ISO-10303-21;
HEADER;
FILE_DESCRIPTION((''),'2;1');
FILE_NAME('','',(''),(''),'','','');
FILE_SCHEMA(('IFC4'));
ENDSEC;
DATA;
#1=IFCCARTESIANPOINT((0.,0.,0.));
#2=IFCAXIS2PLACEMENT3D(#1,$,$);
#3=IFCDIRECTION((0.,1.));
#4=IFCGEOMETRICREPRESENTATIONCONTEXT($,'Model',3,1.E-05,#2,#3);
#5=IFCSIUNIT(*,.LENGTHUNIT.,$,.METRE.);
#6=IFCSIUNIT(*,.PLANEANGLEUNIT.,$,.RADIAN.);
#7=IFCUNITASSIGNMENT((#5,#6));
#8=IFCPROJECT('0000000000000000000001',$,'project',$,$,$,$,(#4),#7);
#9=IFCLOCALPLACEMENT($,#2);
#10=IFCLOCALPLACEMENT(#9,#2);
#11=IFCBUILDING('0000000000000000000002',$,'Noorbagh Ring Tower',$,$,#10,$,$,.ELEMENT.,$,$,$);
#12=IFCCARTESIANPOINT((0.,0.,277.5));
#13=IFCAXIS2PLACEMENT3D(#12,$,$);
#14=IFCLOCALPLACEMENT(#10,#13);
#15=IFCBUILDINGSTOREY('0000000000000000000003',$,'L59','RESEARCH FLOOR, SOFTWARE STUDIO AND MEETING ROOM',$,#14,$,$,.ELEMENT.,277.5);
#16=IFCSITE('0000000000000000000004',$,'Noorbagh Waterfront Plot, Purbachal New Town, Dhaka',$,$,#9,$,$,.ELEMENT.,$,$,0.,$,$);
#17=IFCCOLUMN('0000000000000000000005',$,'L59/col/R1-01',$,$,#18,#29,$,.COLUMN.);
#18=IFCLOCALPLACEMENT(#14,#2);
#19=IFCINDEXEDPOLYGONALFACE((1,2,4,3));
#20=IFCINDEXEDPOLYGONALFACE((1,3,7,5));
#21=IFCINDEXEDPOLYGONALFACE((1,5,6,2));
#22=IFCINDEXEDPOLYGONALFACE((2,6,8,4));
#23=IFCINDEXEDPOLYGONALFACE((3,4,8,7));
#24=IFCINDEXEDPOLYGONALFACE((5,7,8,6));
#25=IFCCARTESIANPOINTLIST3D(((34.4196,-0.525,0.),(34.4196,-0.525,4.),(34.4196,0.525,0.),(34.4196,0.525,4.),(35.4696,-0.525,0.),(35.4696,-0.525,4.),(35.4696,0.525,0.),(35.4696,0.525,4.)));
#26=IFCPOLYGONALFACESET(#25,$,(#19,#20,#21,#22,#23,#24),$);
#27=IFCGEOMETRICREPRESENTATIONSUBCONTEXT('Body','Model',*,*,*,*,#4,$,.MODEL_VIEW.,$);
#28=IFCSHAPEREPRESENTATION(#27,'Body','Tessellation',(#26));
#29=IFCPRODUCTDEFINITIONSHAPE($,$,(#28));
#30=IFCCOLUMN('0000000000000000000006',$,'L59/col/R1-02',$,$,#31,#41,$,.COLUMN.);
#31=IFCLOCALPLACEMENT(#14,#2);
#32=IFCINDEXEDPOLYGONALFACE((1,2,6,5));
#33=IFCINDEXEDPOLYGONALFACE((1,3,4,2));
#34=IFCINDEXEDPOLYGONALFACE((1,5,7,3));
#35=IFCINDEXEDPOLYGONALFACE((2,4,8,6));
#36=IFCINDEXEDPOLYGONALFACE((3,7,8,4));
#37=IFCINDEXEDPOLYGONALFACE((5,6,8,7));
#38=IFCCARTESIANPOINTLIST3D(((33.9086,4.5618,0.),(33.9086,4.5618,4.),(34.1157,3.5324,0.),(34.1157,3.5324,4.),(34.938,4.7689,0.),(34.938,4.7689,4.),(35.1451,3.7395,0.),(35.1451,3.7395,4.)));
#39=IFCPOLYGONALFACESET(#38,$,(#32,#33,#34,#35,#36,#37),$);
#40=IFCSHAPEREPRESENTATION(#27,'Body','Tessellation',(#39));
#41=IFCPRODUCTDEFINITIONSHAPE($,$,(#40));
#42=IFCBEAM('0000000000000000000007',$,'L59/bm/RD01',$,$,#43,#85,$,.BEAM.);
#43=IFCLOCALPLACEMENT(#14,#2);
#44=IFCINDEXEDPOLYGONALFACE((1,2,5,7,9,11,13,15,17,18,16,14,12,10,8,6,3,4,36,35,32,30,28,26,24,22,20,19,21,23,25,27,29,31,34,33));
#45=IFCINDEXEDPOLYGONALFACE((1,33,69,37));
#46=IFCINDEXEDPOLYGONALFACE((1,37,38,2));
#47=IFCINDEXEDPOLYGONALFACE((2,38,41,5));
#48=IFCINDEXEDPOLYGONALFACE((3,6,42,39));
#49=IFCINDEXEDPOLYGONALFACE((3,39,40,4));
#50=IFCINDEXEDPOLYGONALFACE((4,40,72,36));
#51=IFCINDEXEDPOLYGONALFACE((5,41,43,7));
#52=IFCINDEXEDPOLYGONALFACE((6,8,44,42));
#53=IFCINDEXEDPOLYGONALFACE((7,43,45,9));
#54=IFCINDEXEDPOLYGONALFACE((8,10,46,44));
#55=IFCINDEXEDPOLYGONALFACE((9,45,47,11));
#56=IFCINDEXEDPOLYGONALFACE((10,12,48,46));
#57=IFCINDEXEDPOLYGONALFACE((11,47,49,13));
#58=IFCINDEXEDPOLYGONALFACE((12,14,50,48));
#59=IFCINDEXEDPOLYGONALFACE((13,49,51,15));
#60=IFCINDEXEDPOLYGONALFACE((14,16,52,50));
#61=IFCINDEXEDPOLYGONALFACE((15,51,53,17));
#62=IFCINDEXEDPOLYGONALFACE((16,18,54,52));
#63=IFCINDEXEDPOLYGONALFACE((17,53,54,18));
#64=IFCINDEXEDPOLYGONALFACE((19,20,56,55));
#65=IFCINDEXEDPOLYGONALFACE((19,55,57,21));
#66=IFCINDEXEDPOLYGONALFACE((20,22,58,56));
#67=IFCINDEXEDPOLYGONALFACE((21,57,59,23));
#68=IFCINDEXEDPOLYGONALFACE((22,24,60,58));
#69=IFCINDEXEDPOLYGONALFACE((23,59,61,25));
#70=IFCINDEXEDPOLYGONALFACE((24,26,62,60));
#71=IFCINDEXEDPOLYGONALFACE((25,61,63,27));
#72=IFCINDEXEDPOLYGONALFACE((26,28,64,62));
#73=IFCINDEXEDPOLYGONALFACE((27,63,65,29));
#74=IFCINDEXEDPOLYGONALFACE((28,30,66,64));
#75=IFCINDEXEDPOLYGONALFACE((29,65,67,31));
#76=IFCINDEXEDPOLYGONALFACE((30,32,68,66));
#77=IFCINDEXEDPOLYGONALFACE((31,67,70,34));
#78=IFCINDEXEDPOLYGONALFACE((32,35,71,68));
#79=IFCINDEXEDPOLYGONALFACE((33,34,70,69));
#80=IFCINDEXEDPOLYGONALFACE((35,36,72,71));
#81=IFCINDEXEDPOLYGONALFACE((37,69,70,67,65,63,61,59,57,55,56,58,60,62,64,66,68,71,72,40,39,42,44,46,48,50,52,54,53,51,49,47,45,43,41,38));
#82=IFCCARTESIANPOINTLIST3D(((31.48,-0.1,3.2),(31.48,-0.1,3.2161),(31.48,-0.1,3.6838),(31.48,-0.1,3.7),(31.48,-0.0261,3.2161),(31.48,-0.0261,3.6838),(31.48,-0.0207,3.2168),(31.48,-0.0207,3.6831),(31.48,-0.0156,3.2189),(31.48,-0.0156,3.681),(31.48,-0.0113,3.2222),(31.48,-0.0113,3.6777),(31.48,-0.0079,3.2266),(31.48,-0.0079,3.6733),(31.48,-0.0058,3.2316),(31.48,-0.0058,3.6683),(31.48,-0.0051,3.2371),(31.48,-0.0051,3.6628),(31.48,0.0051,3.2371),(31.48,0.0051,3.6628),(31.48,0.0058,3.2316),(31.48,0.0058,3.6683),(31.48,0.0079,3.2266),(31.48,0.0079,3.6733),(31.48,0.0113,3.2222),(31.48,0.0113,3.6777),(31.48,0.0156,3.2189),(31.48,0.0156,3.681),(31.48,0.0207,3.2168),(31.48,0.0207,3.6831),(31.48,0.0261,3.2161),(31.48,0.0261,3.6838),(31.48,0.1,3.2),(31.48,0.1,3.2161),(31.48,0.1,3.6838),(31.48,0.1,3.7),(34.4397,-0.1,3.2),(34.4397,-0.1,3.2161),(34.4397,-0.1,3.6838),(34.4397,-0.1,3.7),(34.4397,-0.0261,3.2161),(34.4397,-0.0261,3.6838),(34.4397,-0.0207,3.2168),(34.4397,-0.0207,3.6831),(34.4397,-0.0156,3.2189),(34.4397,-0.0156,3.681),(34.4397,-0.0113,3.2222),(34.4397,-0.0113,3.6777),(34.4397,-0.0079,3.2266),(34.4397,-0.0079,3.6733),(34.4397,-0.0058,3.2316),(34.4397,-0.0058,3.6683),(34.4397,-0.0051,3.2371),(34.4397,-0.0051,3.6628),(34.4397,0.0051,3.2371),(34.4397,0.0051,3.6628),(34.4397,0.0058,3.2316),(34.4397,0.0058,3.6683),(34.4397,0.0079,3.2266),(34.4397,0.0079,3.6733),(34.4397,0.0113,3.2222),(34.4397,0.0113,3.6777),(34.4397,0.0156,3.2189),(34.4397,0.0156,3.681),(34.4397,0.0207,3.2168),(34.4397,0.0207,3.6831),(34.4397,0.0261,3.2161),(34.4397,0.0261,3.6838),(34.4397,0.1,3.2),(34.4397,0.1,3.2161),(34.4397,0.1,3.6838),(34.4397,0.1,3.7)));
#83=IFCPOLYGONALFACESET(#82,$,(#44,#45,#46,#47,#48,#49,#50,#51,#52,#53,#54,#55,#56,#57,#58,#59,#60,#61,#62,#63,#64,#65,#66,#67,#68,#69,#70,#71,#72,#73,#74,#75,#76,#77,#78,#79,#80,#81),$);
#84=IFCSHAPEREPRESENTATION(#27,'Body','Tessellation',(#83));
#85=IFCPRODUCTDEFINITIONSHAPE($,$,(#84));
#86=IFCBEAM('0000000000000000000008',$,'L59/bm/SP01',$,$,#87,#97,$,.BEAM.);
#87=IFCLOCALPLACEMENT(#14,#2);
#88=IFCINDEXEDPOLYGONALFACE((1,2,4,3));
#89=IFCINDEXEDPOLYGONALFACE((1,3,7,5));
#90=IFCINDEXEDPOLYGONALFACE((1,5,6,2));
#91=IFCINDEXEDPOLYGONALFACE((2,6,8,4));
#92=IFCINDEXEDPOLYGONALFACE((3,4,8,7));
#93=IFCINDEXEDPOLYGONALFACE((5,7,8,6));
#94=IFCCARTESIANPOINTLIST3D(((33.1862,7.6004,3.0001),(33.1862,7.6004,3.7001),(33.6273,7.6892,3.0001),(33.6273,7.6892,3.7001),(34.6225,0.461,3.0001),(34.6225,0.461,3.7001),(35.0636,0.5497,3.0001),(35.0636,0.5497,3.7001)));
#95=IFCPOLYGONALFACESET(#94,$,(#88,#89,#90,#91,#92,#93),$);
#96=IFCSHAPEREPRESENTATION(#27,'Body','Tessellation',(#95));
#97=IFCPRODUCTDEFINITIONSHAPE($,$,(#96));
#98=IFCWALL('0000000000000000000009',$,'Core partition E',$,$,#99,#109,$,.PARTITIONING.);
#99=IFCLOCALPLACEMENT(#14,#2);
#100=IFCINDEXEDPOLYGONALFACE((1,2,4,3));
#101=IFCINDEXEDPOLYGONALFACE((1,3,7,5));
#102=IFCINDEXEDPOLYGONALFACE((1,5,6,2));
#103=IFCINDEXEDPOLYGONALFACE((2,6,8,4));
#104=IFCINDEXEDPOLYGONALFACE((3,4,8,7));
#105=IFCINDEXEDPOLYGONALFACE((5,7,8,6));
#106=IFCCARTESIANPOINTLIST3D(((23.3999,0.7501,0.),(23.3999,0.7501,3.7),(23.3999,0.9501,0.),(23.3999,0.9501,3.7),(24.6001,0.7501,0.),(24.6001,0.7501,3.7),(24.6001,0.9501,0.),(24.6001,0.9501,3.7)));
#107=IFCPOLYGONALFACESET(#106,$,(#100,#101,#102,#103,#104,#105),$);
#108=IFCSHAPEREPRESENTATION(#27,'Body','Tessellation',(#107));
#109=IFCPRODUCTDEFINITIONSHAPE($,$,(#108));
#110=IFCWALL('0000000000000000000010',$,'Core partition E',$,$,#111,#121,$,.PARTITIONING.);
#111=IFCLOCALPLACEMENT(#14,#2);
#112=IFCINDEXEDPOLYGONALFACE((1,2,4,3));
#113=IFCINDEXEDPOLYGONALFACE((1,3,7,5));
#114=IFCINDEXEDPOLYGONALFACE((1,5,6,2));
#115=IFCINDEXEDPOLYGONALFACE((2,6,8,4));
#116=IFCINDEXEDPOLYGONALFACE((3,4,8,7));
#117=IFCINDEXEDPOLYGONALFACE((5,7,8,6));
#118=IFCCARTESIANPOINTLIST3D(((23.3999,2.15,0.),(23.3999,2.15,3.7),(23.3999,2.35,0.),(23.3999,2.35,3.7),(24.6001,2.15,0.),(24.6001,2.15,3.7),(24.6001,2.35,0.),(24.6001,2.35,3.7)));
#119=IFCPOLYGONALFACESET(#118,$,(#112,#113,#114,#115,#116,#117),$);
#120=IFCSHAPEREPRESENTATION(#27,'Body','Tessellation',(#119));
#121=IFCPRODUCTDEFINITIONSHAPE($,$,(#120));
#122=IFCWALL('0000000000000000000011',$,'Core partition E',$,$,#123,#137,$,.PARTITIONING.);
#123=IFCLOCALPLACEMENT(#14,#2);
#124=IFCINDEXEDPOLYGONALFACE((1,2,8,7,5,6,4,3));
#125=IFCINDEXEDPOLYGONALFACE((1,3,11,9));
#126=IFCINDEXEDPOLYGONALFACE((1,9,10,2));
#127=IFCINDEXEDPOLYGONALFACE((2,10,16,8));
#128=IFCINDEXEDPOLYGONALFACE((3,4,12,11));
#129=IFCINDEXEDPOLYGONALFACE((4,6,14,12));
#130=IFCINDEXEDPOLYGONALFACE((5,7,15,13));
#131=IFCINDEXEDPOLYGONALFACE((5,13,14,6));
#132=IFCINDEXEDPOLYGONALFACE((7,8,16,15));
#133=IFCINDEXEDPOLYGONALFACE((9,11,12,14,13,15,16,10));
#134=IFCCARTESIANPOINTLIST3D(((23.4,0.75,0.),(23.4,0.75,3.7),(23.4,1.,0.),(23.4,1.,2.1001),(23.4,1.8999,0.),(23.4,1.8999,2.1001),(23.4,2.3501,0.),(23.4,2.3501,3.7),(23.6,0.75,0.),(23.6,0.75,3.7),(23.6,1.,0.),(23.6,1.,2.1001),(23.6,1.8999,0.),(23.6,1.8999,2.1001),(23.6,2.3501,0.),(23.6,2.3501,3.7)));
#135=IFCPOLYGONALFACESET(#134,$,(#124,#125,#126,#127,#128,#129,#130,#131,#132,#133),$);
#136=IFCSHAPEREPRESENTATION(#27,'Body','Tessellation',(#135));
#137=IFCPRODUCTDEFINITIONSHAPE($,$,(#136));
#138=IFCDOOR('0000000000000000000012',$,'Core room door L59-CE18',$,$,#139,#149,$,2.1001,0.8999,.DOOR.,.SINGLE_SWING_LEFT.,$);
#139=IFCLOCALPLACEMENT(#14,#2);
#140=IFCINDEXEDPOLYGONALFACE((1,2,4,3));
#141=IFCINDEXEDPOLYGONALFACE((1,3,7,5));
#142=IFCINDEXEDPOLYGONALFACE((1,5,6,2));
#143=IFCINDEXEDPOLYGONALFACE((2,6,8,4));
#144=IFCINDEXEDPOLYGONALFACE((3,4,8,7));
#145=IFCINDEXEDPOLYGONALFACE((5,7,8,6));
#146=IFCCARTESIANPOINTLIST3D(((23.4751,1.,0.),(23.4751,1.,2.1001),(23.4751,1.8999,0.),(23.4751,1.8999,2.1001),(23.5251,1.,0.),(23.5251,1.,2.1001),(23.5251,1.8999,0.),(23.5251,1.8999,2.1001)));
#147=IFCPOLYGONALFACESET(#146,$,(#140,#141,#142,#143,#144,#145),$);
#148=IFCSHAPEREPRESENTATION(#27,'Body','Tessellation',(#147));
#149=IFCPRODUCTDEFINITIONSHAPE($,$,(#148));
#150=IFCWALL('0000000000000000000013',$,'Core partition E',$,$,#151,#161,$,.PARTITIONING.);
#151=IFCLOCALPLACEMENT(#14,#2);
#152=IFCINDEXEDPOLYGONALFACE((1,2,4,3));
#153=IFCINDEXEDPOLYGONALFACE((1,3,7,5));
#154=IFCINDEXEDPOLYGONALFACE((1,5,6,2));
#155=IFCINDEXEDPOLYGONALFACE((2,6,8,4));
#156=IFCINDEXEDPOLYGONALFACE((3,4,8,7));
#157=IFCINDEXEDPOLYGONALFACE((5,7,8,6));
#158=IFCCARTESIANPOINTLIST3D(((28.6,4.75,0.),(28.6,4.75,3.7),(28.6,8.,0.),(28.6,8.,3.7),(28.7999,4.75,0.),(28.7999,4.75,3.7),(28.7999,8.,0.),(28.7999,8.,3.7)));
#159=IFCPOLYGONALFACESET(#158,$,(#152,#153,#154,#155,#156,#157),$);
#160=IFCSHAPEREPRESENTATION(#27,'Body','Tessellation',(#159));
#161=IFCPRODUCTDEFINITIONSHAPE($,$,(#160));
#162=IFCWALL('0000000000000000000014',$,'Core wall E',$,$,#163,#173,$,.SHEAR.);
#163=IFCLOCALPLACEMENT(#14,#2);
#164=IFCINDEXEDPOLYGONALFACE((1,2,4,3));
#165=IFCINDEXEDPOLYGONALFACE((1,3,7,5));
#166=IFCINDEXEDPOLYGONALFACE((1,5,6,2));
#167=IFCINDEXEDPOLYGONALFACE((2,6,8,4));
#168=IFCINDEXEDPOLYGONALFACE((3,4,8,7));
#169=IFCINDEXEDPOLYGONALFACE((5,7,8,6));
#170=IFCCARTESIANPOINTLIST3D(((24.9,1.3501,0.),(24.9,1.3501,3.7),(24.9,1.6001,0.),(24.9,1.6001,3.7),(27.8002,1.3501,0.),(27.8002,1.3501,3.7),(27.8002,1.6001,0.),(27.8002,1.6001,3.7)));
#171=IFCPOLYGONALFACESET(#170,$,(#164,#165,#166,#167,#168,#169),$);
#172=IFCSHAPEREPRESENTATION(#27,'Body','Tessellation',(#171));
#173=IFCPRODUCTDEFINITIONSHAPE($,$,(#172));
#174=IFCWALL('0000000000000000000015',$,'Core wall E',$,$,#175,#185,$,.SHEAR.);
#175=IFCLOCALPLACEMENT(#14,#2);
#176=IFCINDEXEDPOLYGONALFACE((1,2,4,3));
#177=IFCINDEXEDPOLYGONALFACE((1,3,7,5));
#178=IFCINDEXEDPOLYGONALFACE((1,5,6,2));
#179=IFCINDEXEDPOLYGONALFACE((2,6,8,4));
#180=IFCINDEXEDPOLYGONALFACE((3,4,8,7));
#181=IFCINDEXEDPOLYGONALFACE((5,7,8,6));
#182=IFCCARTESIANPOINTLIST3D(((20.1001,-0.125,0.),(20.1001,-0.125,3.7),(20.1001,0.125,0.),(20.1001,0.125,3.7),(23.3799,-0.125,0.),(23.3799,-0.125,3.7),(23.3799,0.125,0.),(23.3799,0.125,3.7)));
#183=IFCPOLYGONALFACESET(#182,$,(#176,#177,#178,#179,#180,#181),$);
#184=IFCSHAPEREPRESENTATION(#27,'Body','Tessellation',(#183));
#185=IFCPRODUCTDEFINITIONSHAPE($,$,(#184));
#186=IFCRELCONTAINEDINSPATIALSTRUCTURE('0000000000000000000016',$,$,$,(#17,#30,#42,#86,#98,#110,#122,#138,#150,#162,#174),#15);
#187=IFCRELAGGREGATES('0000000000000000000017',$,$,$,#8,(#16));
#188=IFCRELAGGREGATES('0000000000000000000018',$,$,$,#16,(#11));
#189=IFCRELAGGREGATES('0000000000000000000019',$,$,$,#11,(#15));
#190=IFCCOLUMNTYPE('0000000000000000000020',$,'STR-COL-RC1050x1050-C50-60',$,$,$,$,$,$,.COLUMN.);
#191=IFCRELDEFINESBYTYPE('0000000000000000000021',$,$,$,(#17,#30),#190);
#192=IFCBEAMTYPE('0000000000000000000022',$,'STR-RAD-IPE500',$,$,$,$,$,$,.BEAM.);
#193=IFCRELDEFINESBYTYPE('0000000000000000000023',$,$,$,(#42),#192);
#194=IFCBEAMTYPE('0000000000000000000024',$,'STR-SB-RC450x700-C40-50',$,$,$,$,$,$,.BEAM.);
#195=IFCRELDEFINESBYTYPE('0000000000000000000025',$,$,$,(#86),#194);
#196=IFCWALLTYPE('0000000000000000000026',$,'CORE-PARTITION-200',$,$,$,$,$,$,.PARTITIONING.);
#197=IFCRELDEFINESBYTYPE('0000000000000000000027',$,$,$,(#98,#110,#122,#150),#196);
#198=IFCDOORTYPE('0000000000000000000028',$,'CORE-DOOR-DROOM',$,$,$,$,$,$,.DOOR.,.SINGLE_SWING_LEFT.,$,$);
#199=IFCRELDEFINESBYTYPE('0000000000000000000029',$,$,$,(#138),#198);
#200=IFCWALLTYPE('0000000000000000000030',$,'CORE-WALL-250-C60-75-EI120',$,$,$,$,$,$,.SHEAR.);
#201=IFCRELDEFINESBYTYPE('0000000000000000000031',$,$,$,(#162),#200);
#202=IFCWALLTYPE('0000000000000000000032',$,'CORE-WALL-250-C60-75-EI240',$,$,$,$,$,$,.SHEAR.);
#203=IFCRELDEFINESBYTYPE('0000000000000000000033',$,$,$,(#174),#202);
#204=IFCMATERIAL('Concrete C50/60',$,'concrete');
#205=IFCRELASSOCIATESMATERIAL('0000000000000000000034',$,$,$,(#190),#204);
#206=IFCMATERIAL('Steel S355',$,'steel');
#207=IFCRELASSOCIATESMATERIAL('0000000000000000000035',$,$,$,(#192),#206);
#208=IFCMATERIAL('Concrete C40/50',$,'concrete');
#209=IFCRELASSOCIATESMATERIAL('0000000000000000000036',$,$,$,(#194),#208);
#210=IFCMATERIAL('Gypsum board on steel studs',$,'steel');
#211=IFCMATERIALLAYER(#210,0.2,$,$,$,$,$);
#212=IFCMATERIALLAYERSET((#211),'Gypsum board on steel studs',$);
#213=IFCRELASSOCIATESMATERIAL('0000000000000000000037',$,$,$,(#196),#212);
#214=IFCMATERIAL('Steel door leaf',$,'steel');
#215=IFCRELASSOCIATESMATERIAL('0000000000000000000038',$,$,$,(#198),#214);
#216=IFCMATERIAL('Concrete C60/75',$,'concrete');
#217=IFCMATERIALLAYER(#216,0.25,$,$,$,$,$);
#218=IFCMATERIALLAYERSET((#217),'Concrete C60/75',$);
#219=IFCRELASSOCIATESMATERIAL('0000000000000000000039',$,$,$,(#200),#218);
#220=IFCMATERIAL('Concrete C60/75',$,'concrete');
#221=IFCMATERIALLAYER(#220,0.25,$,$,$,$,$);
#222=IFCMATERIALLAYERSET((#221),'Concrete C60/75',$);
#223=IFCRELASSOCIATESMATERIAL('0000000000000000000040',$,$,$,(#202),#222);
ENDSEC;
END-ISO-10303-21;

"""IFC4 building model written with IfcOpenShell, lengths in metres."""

from ifc_helpers import new_model, si_unit, direction, frame, frame_2d, origin, origin_2d, place, context, subcontext, project, spatial, rectangle, i_section, extrude, material, layer, layer_set, material_profile, profile_set, type_object, element, fill, save


model = new_model("IFC4")

# Units and contexts
model_context = context("Model", 3, precision=1e-05, world=origin(), true_north=direction((0.0, 1.0)))
body_context = subcontext(model_context, "Body", "Model", "MODEL_VIEW")
ifc_project = project(units=[si_unit("LENGTHUNIT", "METRE"), si_unit("PLANEANGLEUNIT", "RADIAN")], contexts=[model_context])

# Site, building, storey
site_placement = place(None, origin())
site = spatial("IfcSite", under=ifc_project, at=site_placement, Name="Noorbagh Waterfront Plot, Purbachal New Town, Dhaka", CompositionType="ELEMENT", RefElevation=0.0)
building_placement = place(site_placement, origin())
building = spatial("IfcBuilding", under=site, at=building_placement, Name="Noorbagh Ring Tower", CompositionType="ELEMENT")
storey_placement = place(building_placement, frame((0.0, 0.0, 277.5)))
storey = spatial("IfcBuildingStorey", under=building, at=storey_placement, Name="L59", Description="RESEARCH FLOOR, SOFTWARE STUDIO AND MEETING ROOM", CompositionType="ELEMENT", Elevation=277.5)

# Columns
ifc_material_1 = material(Name="Concrete C50/60", Category="concrete")
ifc_material_profile_1 = material_profile(ifc_material_1, rectangle(XDim=1.05, YDim=1.05, at=origin_2d()), Name="RC1050x1050")
ifc_profile_set_1 = profile_set([ifc_material_profile_1], Name="Concrete C50/60")
column_type = type_object("IfcColumnType", Name="STR-COL-RC1050x1050-C50-60", PredefinedType="COLUMN", material=ifc_profile_set_1)
for number, where, z_axis, x_axis, name in (
    (1, (34.9446, 0.0, 0.0), (0.0, 0.0, 1.0), (0.0, 1.0, 0.0), "L59/col/R1-01"),
    (2, (34.5269, 4.1506, 0.0), (0.0, 0.0, 1.0), (-0.19723, 0.980357, 0.0), "L59/col/R1-02"),
):
    element("IfcColumn", number, at=place(storey_placement, frame(where, z_axis=z_axis, x_axis=x_axis)), inside=storey, type_object=column_type, Name=name, PredefinedType="COLUMN", context=body_context, shape_type="SweptSolid", body=[
        extrude(rectangle(XDim=1.05, YDim=1.05, at=origin_2d()), origin(), (0.0, 0.0, 1.0), 4.0),
    ])

# Beams
ifc_material_2 = material(Name="Steel S355", Category="steel")
ifc_material_profile_2 = material_profile(ifc_material_2, i_section(OverallWidth=0.2, OverallDepth=0.5, WebThickness=0.0103, FlangeThickness=0.0161, FilletRadius=0.021, at=origin_2d()), Name="IPE500")
ifc_profile_set_2 = profile_set([ifc_material_profile_2], Name="Steel S355")
beam_type_1 = type_object("IfcBeamType", Name="STR-RAD-IPE500", PredefinedType="BEAM", material=ifc_profile_set_2)
beam_1_placement = place(storey_placement, frame((34.4397, 0.0, 3.45), z_axis=(-1.0, 0.0, 0.0), x_axis=(0.0, -1.0, 0.0)))
element("IfcBeam", 3, at=beam_1_placement, inside=storey, type_object=beam_type_1, Name="L59/bm/RD01", PredefinedType="BEAM", context=body_context, shape_type="SweptSolid", body=[
    extrude(i_section(OverallWidth=0.2, OverallDepth=0.5, WebThickness=0.0103, FlangeThickness=0.0161, FilletRadius=0.021, at=origin_2d()), origin(), (0.0, 0.0, 1.0), 2.9597),
])
ifc_material_3 = material(Name="Concrete C40/50", Category="concrete")
ifc_material_profile_3 = material_profile(ifc_material_3, rectangle(XDim=0.45, YDim=0.7, at=origin_2d()), Name="RC450x700")
ifc_profile_set_3 = profile_set([ifc_material_profile_3], Name="Concrete C40/50")
beam_type_2 = type_object("IfcBeamType", Name="STR-SB-RC450x700-C40-50", PredefinedType="BEAM", material=ifc_profile_set_3)
beam_2_placement = place(storey_placement, frame((34.843, 0.5054, 3.3501), z_axis=(-0.197225, 0.980358, 0.0), x_axis=(-0.980358, -0.197225, 0.0)))
element("IfcBeam", 4, at=beam_2_placement, inside=storey, type_object=beam_type_2, Name="L59/bm/SP01", PredefinedType="BEAM", context=body_context, shape_type="SweptSolid", body=[
    extrude(rectangle(XDim=0.45, YDim=0.7, at=origin_2d()), origin(), (0.0, 0.0, 1.0), 7.2825),
])

# Walls
ifc_material_4 = material(Name="Gypsum board on steel studs", Category="steel")
ifc_layer_1 = layer(ifc_material_4, 0.2)
ifc_layer_set_1 = layer_set([ifc_layer_1], Name="Gypsum board on steel studs")
wall_type_1 = type_object("IfcWallType", Name="CORE-PARTITION-200", PredefinedType="PARTITIONING", material=ifc_layer_set_1)
for number, where, z_axis, x_axis, name in (
    (5, (23.3999, 0.8501, 0.0), (0.0, 0.0, 1.0), (1.0, 0.0, 0.0), "Core partition E"),
    (6, (23.3999, 2.25, 0.0), (0.0, 0.0, 1.0), (1.0, 0.0, 0.0), "Core partition E"),
):
    element("IfcWall", number, at=place(storey_placement, frame(where, z_axis=z_axis, x_axis=x_axis)), inside=storey, type_object=wall_type_1, Name=name, PredefinedType="PARTITIONING", context=body_context, shape_type="SweptSolid", body=[
        extrude(rectangle(XDim=1.2002, YDim=0.2, at=frame_2d((0.6001, 0.0))), origin(), (0.0, 0.0, 1.0), 3.7),
    ])

# Wall, opening, door
wall_1_placement = place(storey_placement, frame((23.5, 0.75, 0.0), z_axis=(0.0, 0.0, 1.0), x_axis=(0.0, 1.0, 0.0)))
wall_1 = element("IfcWall", 7, at=wall_1_placement, inside=storey, type_object=wall_type_1, Name="Core partition E", PredefinedType="PARTITIONING", context=body_context, shape_type="SweptSolid", body=[
    extrude(rectangle(XDim=1.6001, YDim=0.2, at=frame_2d((0.8, 0.0))), origin(), (0.0, 0.0, 1.0), 3.7),
])
opening_1_placement = place(wall_1_placement, frame((0.25, 0.0, 0.0)))
opening_1 = element("IfcOpeningElement", 8, at=opening_1_placement, cuts=wall_1, PredefinedType="OPENING", context=body_context, shape_type="SweptSolid", body=[
    extrude(rectangle(XDim=0.8999, YDim=2.1001, at=frame_2d((0.45, 1.05))), frame((0.0, 0.1099, 0.0), z_axis=(0.0, -1.0, 0.0), x_axis=(1.0, 0.0, 0.0)), (0.0, 0.0, 1.0), 0.22),
])
ifc_material_5 = material(Name="Steel door leaf", Category="steel")
door_type_1 = type_object("IfcDoorType", Name="CORE-DOOR-DROOM", OperationType="SINGLE_SWING_LEFT", PredefinedType="DOOR", material=ifc_material_5)
door_1_placement = place(opening_1_placement, origin())
door_1 = element("IfcDoor", 9, at=door_1_placement, inside=storey, type_object=door_type_1, Name="Core room door L59-CE18", OperationType="SINGLE_SWING_LEFT", OverallHeight=2.1001, OverallWidth=0.8999, PredefinedType="DOOR", context=body_context, shape_type="SweptSolid", body=[
    extrude(rectangle(XDim=0.8999, YDim=2.1001, at=frame_2d((0.45, 1.05))), frame((0.0, 0.0249, 0.0), z_axis=(0.0, -1.0, 0.0), x_axis=(1.0, 0.0, 0.0)), (0.0, 0.0, 1.0), 0.05),
])
fill(opening_1, door_1)

# Walls
wall_2_placement = place(storey_placement, frame((28.7, 4.75, 0.0), z_axis=(0.0, 0.0, 1.0), x_axis=(0.0, 1.0, 0.0)))
element("IfcWall", 10, at=wall_2_placement, inside=storey, type_object=wall_type_1, Name="Core partition E", PredefinedType="PARTITIONING", context=body_context, shape_type="SweptSolid", body=[
    extrude(rectangle(XDim=3.25, YDim=0.2, at=frame_2d((1.625, 0.0))), origin(), (0.0, 0.0, 1.0), 3.7),
])
ifc_material_6 = material(Name="Concrete C60/75", Category="concrete")
ifc_layer_2 = layer(ifc_material_6, 0.25)
ifc_layer_set_2 = layer_set([ifc_layer_2], Name="Concrete C60/75")
wall_type_2 = type_object("IfcWallType", Name="CORE-WALL-250-C60-75-EI120", PredefinedType="SHEAR", material=ifc_layer_set_2)
wall_3_placement = place(storey_placement, frame((24.8999, 1.4751, 0.0), z_axis=(0.0, 0.0, 1.0), x_axis=(1.0, 0.0, 0.0)))
element("IfcWall", 11, at=wall_3_placement, inside=storey, type_object=wall_type_2, Name="Core wall E", PredefinedType="SHEAR", context=body_context, shape_type="SweptSolid", body=[
    extrude(rectangle(XDim=2.9001, YDim=0.25, at=frame_2d((1.4502, 0.0))), origin(), (0.0, 0.0, 1.0), 3.7),
])
ifc_material_7 = material(Name="Concrete C60/75", Category="concrete")
ifc_layer_3 = layer(ifc_material_7, 0.25)
ifc_layer_set_3 = layer_set([ifc_layer_3], Name="Concrete C60/75")
wall_type_3 = type_object("IfcWallType", Name="CORE-WALL-250-C60-75-EI240", PredefinedType="SHEAR", material=ifc_layer_set_3)
wall_4_placement = place(storey_placement, frame((20.1001, 0.0, 0.0), z_axis=(0.0, 0.0, 1.0), x_axis=(1.0, 0.0, 0.0)))
element("IfcWall", 12, at=wall_4_placement, inside=storey, type_object=wall_type_3, Name="Core wall E", PredefinedType="SHEAR", context=body_context, shape_type="SweptSolid", body=[
    extrude(rectangle(XDim=3.2798, YDim=0.25, at=frame_2d((1.6399, 0.0))), origin(), (0.0, 0.0, 1.0), 3.7),
])

save(model, "model.ifc")
